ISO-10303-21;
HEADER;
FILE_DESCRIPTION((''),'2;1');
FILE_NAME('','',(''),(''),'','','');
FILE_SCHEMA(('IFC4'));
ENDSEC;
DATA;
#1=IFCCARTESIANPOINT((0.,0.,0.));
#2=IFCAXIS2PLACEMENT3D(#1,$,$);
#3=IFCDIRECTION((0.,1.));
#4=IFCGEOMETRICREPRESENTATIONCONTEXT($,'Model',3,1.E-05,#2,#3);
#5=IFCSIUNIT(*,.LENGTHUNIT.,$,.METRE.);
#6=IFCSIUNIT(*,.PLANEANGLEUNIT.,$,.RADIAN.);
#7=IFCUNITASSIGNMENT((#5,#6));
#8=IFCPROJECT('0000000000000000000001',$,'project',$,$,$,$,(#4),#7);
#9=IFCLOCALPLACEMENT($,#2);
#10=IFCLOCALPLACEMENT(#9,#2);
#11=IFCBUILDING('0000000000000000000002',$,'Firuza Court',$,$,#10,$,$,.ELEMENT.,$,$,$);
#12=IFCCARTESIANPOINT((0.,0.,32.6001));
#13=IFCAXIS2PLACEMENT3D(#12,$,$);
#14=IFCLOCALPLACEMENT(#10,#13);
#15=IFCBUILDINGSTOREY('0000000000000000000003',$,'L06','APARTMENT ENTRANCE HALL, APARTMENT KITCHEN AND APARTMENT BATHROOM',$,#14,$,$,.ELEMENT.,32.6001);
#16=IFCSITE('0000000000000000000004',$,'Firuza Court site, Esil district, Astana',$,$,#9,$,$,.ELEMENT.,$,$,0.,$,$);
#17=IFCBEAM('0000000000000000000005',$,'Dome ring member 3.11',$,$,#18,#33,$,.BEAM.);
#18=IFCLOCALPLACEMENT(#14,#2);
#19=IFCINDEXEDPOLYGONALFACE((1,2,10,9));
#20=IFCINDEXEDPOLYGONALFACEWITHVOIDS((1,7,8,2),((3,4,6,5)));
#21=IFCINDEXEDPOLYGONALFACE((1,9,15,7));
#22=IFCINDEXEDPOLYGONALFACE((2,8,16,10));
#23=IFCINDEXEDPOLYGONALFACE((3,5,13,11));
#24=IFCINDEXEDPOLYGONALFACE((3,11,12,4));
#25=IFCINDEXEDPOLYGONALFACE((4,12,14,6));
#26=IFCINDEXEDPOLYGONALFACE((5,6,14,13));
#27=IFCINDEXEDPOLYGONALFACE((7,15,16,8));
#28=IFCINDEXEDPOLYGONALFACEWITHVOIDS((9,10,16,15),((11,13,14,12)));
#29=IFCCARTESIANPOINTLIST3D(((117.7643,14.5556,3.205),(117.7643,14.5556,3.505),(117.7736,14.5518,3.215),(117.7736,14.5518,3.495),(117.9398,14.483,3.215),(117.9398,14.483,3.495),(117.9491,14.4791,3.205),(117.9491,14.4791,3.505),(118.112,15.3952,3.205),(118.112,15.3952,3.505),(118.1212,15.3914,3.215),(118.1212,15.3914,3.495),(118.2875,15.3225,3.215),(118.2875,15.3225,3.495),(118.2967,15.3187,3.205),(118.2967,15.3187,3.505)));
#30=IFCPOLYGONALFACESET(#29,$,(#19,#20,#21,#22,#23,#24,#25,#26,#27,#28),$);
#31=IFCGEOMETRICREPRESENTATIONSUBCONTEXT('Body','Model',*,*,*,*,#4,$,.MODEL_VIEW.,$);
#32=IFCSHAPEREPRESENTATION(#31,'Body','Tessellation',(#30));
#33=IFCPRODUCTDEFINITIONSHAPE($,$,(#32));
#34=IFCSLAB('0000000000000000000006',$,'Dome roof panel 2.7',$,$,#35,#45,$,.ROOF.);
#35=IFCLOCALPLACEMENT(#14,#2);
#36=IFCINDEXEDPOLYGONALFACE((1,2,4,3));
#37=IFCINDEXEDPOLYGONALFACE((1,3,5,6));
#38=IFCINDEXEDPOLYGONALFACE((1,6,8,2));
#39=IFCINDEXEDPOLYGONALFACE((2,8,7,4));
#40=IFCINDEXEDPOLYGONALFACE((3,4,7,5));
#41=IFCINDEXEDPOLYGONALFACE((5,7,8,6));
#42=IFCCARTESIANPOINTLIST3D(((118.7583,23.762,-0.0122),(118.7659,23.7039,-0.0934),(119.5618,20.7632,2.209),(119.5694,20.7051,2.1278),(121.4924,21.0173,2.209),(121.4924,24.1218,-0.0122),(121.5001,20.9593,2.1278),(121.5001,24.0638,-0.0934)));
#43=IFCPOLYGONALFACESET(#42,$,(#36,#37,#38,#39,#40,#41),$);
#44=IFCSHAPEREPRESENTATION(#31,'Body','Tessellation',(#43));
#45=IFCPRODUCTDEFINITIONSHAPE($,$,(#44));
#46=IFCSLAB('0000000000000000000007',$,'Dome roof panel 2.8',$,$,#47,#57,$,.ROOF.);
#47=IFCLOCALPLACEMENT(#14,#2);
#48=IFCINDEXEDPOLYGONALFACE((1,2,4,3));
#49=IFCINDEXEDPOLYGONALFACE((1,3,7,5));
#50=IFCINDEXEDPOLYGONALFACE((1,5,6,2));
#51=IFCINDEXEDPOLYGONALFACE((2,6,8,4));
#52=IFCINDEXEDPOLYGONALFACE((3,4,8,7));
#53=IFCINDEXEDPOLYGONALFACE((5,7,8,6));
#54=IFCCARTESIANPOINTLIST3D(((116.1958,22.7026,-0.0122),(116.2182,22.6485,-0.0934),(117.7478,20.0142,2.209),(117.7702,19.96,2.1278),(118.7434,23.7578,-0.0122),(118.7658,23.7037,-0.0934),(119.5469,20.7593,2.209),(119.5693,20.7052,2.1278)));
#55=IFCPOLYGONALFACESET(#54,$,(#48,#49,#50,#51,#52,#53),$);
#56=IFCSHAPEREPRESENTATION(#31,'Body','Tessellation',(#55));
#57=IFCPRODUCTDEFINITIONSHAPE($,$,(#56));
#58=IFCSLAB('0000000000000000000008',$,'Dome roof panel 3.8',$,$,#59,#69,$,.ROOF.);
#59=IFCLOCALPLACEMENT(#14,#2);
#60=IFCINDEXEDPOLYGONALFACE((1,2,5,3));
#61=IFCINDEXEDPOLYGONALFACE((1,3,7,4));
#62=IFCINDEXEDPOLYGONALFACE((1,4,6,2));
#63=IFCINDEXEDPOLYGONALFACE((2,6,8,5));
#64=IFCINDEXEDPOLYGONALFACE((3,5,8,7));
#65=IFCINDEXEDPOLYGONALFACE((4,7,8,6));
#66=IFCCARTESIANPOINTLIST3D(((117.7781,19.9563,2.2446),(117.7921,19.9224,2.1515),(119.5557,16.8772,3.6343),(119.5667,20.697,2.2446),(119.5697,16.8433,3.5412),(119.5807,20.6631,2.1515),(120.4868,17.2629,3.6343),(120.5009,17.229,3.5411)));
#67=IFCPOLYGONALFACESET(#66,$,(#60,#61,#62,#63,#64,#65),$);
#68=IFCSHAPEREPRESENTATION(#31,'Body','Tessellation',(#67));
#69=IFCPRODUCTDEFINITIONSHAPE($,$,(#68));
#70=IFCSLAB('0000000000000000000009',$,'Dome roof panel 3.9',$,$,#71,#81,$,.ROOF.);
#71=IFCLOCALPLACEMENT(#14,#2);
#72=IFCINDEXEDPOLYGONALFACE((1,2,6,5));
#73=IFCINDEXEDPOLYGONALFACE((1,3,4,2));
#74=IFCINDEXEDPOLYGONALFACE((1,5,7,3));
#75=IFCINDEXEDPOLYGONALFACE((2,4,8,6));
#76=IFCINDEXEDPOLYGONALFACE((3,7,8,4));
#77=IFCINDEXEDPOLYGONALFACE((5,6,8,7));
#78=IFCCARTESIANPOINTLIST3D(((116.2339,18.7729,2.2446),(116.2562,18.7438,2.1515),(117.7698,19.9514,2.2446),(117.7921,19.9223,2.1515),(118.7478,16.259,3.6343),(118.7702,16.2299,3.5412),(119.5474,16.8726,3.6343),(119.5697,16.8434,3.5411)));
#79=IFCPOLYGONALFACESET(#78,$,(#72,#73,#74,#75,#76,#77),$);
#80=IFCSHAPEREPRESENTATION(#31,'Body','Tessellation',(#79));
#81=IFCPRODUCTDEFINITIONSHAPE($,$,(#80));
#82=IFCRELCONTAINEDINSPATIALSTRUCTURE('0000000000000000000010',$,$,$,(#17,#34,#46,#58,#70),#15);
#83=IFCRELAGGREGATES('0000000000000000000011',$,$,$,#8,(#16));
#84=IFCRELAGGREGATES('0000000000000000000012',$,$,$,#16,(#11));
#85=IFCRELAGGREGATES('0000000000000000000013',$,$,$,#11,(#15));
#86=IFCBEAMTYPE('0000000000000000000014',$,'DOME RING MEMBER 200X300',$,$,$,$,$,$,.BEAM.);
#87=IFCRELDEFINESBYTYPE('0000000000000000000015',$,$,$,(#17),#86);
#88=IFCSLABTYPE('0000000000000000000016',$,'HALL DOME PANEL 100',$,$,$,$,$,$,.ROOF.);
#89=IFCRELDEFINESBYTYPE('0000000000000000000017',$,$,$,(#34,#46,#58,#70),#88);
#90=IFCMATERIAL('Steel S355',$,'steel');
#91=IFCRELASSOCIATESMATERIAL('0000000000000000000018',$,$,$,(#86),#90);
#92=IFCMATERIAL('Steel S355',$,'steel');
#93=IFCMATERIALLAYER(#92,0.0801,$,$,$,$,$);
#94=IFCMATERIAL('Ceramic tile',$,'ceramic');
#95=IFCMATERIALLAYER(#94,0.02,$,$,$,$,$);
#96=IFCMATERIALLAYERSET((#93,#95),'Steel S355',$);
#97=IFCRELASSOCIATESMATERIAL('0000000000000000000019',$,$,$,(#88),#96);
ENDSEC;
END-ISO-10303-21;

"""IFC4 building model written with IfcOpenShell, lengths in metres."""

from ifc_helpers import new_model, si_unit, direction, frame, origin, origin_2d, place, context, subcontext, project, spatial, polyline, hollow_rectangle, outline, extrude, material, layer, layer_set, material_profile, profile_set, type_object, element, save


model = new_model("IFC4")

# Units and contexts
model_context = context("Model", 3, precision=1e-05, world=origin(), true_north=direction((0.0, 1.0)))
body_context = subcontext(model_context, "Body", "Model", "MODEL_VIEW")
ifc_project = project(units=[si_unit("LENGTHUNIT", "METRE"), si_unit("PLANEANGLEUNIT", "RADIAN")], contexts=[model_context])

# Site, building, storey
site_placement = place(None, origin())
site = spatial("IfcSite", under=ifc_project, at=site_placement, Name="Firuza Court site, Esil district, Astana", CompositionType="ELEMENT", RefElevation=0.0)
building_placement = place(site_placement, origin())
building = spatial("IfcBuilding", under=site, at=building_placement, Name="Firuza Court", CompositionType="ELEMENT")
storey_placement = place(building_placement, frame((0.0, 0.0, 32.6001)))
storey = spatial("IfcBuildingStorey", under=building, at=storey_placement, Name="L06", Description="APARTMENT ENTRANCE HALL, APARTMENT KITCHEN AND APARTMENT BATHROOM", CompositionType="ELEMENT", Elevation=32.6001)

# Beam
ifc_material_1 = material(Name="Steel S355", Category="steel")
ifc_material_profile_1 = material_profile(ifc_material_1, hollow_rectangle(XDim=0.2, YDim=0.3, WallThickness=0.01, at=origin_2d()), Name="RHS 300X200X10")
ifc_profile_set_1 = profile_set([ifc_material_profile_1], Name="Steel S355")
beam_type_1 = type_object("IfcBeamType", Name="DOME RING MEMBER 200X300", PredefinedType="BEAM", material=ifc_profile_set_1)
beam_1_placement = place(storey_placement, frame((118.2043, 15.3569, 3.355), z_axis=(-0.382573, -0.923925, 0.0), x_axis=(0.923925, -0.382573, 0.0)))
element("IfcBeam", 1, at=beam_1_placement, inside=storey, type_object=beam_type_1, Name="Dome ring member 3.11", PredefinedType="BEAM", context=body_context, shape_type="SweptSolid", body=[
    extrude(hollow_rectangle(XDim=0.2, YDim=0.3, WallThickness=0.01, at=origin_2d()), origin(), (0.0, 0.0, 1.0), 0.9087),
])

# Slabs
ifc_material_2 = material(Name="Steel S355", Category="steel")
ifc_layer_1 = layer(ifc_material_2, 0.0801)
ifc_material_3 = material(Name="Ceramic tile", Category="ceramic")
ifc_layer_2 = layer(ifc_material_3, 0.02)
ifc_layer_set = layer_set([ifc_layer_1, ifc_layer_2], Name="Steel S355")
slab_type = type_object("IfcSlabType", Name="HALL DOME PANEL 100", PredefinedType="ROOF", material=ifc_layer_set)
slab_1_placement = place(storey_placement, frame((121.4924, 24.1218, -0.0122), z_axis=(-0.076367, 0.580177, 0.810902), x_axis=(0.0, -0.813277, 0.581877)))
element("IfcSlab", 2, at=slab_1_placement, inside=storey, type_object=slab_type, Name="Dome roof panel 2.7", PredefinedType="ROOF", context=body_context, shape_type="SweptSolid", body=[
    extrude(outline(polyline([(0.0, 0.0), (3.8173, 0.0), (4.024, -1.9363), (0.2927, -2.7421), (0.0, 0.0)])), origin(), (0.0, 0.0, -1.0), 0.1001),
])
slab_2_placement = place(storey_placement, frame((118.7434, 23.7578, -0.0122), z_axis=(-0.223932, 0.540669, 0.810883), x_axis=(0.210489, -0.785546, 0.581903)))
element("IfcSlab", 3, at=slab_2_placement, inside=storey, type_object=slab_type, Name="Dome roof panel 2.8", PredefinedType="ROOF", context=body_context, shape_type="SweptSolid", body=[
    extrude(outline(polyline([(0.0, 0.0), (3.8171, 0.0), (4.0238, -1.9363), (0.2926, -2.7419), (0.0, 0.0)])), origin(), (0.0, 0.0, -1.0), 0.1001),
])
slab_3_placement = place(storey_placement, frame((119.5667, 20.697, 2.2446), z_axis=(-0.140346, 0.338851, 0.930313), x_axis=(0.241061, -0.899644, 0.364046)))
element("IfcSlab", 4, at=slab_3_placement, inside=storey, type_object=slab_type, Name="Dome roof panel 3.8", PredefinedType="ROOF", context=body_context, shape_type="SweptSolid", body=[
    extrude(outline(polyline([(0.0, 0.0), (3.8172, 0.0), (3.9397, -1.0004), (0.2352, -1.9215), (0.0, 0.0)])), origin(), (0.0, 0.0, -1.0), 0.1001),
])
slab_4_placement = place(storey_placement, frame((117.7698, 19.9514, 2.2446), z_axis=(-0.223274, 0.290987, 0.930309), x_axis=(0.46569, -0.806595, 0.364056)))
element("IfcSlab", 5, at=slab_4_placement, inside=storey, type_object=slab_type, Name="Dome roof panel 3.9", PredefinedType="ROOF", context=body_context, shape_type="SweptSolid", body=[
    extrude(outline(polyline([(0.0, 0.0), (3.8171, 0.0), (3.9396, -1.0003), (0.2353, -1.9216), (0.0, 0.0)])), origin(), (0.0, 0.0, -1.0), 0.1001),
])

save(model, "model.ifc")
